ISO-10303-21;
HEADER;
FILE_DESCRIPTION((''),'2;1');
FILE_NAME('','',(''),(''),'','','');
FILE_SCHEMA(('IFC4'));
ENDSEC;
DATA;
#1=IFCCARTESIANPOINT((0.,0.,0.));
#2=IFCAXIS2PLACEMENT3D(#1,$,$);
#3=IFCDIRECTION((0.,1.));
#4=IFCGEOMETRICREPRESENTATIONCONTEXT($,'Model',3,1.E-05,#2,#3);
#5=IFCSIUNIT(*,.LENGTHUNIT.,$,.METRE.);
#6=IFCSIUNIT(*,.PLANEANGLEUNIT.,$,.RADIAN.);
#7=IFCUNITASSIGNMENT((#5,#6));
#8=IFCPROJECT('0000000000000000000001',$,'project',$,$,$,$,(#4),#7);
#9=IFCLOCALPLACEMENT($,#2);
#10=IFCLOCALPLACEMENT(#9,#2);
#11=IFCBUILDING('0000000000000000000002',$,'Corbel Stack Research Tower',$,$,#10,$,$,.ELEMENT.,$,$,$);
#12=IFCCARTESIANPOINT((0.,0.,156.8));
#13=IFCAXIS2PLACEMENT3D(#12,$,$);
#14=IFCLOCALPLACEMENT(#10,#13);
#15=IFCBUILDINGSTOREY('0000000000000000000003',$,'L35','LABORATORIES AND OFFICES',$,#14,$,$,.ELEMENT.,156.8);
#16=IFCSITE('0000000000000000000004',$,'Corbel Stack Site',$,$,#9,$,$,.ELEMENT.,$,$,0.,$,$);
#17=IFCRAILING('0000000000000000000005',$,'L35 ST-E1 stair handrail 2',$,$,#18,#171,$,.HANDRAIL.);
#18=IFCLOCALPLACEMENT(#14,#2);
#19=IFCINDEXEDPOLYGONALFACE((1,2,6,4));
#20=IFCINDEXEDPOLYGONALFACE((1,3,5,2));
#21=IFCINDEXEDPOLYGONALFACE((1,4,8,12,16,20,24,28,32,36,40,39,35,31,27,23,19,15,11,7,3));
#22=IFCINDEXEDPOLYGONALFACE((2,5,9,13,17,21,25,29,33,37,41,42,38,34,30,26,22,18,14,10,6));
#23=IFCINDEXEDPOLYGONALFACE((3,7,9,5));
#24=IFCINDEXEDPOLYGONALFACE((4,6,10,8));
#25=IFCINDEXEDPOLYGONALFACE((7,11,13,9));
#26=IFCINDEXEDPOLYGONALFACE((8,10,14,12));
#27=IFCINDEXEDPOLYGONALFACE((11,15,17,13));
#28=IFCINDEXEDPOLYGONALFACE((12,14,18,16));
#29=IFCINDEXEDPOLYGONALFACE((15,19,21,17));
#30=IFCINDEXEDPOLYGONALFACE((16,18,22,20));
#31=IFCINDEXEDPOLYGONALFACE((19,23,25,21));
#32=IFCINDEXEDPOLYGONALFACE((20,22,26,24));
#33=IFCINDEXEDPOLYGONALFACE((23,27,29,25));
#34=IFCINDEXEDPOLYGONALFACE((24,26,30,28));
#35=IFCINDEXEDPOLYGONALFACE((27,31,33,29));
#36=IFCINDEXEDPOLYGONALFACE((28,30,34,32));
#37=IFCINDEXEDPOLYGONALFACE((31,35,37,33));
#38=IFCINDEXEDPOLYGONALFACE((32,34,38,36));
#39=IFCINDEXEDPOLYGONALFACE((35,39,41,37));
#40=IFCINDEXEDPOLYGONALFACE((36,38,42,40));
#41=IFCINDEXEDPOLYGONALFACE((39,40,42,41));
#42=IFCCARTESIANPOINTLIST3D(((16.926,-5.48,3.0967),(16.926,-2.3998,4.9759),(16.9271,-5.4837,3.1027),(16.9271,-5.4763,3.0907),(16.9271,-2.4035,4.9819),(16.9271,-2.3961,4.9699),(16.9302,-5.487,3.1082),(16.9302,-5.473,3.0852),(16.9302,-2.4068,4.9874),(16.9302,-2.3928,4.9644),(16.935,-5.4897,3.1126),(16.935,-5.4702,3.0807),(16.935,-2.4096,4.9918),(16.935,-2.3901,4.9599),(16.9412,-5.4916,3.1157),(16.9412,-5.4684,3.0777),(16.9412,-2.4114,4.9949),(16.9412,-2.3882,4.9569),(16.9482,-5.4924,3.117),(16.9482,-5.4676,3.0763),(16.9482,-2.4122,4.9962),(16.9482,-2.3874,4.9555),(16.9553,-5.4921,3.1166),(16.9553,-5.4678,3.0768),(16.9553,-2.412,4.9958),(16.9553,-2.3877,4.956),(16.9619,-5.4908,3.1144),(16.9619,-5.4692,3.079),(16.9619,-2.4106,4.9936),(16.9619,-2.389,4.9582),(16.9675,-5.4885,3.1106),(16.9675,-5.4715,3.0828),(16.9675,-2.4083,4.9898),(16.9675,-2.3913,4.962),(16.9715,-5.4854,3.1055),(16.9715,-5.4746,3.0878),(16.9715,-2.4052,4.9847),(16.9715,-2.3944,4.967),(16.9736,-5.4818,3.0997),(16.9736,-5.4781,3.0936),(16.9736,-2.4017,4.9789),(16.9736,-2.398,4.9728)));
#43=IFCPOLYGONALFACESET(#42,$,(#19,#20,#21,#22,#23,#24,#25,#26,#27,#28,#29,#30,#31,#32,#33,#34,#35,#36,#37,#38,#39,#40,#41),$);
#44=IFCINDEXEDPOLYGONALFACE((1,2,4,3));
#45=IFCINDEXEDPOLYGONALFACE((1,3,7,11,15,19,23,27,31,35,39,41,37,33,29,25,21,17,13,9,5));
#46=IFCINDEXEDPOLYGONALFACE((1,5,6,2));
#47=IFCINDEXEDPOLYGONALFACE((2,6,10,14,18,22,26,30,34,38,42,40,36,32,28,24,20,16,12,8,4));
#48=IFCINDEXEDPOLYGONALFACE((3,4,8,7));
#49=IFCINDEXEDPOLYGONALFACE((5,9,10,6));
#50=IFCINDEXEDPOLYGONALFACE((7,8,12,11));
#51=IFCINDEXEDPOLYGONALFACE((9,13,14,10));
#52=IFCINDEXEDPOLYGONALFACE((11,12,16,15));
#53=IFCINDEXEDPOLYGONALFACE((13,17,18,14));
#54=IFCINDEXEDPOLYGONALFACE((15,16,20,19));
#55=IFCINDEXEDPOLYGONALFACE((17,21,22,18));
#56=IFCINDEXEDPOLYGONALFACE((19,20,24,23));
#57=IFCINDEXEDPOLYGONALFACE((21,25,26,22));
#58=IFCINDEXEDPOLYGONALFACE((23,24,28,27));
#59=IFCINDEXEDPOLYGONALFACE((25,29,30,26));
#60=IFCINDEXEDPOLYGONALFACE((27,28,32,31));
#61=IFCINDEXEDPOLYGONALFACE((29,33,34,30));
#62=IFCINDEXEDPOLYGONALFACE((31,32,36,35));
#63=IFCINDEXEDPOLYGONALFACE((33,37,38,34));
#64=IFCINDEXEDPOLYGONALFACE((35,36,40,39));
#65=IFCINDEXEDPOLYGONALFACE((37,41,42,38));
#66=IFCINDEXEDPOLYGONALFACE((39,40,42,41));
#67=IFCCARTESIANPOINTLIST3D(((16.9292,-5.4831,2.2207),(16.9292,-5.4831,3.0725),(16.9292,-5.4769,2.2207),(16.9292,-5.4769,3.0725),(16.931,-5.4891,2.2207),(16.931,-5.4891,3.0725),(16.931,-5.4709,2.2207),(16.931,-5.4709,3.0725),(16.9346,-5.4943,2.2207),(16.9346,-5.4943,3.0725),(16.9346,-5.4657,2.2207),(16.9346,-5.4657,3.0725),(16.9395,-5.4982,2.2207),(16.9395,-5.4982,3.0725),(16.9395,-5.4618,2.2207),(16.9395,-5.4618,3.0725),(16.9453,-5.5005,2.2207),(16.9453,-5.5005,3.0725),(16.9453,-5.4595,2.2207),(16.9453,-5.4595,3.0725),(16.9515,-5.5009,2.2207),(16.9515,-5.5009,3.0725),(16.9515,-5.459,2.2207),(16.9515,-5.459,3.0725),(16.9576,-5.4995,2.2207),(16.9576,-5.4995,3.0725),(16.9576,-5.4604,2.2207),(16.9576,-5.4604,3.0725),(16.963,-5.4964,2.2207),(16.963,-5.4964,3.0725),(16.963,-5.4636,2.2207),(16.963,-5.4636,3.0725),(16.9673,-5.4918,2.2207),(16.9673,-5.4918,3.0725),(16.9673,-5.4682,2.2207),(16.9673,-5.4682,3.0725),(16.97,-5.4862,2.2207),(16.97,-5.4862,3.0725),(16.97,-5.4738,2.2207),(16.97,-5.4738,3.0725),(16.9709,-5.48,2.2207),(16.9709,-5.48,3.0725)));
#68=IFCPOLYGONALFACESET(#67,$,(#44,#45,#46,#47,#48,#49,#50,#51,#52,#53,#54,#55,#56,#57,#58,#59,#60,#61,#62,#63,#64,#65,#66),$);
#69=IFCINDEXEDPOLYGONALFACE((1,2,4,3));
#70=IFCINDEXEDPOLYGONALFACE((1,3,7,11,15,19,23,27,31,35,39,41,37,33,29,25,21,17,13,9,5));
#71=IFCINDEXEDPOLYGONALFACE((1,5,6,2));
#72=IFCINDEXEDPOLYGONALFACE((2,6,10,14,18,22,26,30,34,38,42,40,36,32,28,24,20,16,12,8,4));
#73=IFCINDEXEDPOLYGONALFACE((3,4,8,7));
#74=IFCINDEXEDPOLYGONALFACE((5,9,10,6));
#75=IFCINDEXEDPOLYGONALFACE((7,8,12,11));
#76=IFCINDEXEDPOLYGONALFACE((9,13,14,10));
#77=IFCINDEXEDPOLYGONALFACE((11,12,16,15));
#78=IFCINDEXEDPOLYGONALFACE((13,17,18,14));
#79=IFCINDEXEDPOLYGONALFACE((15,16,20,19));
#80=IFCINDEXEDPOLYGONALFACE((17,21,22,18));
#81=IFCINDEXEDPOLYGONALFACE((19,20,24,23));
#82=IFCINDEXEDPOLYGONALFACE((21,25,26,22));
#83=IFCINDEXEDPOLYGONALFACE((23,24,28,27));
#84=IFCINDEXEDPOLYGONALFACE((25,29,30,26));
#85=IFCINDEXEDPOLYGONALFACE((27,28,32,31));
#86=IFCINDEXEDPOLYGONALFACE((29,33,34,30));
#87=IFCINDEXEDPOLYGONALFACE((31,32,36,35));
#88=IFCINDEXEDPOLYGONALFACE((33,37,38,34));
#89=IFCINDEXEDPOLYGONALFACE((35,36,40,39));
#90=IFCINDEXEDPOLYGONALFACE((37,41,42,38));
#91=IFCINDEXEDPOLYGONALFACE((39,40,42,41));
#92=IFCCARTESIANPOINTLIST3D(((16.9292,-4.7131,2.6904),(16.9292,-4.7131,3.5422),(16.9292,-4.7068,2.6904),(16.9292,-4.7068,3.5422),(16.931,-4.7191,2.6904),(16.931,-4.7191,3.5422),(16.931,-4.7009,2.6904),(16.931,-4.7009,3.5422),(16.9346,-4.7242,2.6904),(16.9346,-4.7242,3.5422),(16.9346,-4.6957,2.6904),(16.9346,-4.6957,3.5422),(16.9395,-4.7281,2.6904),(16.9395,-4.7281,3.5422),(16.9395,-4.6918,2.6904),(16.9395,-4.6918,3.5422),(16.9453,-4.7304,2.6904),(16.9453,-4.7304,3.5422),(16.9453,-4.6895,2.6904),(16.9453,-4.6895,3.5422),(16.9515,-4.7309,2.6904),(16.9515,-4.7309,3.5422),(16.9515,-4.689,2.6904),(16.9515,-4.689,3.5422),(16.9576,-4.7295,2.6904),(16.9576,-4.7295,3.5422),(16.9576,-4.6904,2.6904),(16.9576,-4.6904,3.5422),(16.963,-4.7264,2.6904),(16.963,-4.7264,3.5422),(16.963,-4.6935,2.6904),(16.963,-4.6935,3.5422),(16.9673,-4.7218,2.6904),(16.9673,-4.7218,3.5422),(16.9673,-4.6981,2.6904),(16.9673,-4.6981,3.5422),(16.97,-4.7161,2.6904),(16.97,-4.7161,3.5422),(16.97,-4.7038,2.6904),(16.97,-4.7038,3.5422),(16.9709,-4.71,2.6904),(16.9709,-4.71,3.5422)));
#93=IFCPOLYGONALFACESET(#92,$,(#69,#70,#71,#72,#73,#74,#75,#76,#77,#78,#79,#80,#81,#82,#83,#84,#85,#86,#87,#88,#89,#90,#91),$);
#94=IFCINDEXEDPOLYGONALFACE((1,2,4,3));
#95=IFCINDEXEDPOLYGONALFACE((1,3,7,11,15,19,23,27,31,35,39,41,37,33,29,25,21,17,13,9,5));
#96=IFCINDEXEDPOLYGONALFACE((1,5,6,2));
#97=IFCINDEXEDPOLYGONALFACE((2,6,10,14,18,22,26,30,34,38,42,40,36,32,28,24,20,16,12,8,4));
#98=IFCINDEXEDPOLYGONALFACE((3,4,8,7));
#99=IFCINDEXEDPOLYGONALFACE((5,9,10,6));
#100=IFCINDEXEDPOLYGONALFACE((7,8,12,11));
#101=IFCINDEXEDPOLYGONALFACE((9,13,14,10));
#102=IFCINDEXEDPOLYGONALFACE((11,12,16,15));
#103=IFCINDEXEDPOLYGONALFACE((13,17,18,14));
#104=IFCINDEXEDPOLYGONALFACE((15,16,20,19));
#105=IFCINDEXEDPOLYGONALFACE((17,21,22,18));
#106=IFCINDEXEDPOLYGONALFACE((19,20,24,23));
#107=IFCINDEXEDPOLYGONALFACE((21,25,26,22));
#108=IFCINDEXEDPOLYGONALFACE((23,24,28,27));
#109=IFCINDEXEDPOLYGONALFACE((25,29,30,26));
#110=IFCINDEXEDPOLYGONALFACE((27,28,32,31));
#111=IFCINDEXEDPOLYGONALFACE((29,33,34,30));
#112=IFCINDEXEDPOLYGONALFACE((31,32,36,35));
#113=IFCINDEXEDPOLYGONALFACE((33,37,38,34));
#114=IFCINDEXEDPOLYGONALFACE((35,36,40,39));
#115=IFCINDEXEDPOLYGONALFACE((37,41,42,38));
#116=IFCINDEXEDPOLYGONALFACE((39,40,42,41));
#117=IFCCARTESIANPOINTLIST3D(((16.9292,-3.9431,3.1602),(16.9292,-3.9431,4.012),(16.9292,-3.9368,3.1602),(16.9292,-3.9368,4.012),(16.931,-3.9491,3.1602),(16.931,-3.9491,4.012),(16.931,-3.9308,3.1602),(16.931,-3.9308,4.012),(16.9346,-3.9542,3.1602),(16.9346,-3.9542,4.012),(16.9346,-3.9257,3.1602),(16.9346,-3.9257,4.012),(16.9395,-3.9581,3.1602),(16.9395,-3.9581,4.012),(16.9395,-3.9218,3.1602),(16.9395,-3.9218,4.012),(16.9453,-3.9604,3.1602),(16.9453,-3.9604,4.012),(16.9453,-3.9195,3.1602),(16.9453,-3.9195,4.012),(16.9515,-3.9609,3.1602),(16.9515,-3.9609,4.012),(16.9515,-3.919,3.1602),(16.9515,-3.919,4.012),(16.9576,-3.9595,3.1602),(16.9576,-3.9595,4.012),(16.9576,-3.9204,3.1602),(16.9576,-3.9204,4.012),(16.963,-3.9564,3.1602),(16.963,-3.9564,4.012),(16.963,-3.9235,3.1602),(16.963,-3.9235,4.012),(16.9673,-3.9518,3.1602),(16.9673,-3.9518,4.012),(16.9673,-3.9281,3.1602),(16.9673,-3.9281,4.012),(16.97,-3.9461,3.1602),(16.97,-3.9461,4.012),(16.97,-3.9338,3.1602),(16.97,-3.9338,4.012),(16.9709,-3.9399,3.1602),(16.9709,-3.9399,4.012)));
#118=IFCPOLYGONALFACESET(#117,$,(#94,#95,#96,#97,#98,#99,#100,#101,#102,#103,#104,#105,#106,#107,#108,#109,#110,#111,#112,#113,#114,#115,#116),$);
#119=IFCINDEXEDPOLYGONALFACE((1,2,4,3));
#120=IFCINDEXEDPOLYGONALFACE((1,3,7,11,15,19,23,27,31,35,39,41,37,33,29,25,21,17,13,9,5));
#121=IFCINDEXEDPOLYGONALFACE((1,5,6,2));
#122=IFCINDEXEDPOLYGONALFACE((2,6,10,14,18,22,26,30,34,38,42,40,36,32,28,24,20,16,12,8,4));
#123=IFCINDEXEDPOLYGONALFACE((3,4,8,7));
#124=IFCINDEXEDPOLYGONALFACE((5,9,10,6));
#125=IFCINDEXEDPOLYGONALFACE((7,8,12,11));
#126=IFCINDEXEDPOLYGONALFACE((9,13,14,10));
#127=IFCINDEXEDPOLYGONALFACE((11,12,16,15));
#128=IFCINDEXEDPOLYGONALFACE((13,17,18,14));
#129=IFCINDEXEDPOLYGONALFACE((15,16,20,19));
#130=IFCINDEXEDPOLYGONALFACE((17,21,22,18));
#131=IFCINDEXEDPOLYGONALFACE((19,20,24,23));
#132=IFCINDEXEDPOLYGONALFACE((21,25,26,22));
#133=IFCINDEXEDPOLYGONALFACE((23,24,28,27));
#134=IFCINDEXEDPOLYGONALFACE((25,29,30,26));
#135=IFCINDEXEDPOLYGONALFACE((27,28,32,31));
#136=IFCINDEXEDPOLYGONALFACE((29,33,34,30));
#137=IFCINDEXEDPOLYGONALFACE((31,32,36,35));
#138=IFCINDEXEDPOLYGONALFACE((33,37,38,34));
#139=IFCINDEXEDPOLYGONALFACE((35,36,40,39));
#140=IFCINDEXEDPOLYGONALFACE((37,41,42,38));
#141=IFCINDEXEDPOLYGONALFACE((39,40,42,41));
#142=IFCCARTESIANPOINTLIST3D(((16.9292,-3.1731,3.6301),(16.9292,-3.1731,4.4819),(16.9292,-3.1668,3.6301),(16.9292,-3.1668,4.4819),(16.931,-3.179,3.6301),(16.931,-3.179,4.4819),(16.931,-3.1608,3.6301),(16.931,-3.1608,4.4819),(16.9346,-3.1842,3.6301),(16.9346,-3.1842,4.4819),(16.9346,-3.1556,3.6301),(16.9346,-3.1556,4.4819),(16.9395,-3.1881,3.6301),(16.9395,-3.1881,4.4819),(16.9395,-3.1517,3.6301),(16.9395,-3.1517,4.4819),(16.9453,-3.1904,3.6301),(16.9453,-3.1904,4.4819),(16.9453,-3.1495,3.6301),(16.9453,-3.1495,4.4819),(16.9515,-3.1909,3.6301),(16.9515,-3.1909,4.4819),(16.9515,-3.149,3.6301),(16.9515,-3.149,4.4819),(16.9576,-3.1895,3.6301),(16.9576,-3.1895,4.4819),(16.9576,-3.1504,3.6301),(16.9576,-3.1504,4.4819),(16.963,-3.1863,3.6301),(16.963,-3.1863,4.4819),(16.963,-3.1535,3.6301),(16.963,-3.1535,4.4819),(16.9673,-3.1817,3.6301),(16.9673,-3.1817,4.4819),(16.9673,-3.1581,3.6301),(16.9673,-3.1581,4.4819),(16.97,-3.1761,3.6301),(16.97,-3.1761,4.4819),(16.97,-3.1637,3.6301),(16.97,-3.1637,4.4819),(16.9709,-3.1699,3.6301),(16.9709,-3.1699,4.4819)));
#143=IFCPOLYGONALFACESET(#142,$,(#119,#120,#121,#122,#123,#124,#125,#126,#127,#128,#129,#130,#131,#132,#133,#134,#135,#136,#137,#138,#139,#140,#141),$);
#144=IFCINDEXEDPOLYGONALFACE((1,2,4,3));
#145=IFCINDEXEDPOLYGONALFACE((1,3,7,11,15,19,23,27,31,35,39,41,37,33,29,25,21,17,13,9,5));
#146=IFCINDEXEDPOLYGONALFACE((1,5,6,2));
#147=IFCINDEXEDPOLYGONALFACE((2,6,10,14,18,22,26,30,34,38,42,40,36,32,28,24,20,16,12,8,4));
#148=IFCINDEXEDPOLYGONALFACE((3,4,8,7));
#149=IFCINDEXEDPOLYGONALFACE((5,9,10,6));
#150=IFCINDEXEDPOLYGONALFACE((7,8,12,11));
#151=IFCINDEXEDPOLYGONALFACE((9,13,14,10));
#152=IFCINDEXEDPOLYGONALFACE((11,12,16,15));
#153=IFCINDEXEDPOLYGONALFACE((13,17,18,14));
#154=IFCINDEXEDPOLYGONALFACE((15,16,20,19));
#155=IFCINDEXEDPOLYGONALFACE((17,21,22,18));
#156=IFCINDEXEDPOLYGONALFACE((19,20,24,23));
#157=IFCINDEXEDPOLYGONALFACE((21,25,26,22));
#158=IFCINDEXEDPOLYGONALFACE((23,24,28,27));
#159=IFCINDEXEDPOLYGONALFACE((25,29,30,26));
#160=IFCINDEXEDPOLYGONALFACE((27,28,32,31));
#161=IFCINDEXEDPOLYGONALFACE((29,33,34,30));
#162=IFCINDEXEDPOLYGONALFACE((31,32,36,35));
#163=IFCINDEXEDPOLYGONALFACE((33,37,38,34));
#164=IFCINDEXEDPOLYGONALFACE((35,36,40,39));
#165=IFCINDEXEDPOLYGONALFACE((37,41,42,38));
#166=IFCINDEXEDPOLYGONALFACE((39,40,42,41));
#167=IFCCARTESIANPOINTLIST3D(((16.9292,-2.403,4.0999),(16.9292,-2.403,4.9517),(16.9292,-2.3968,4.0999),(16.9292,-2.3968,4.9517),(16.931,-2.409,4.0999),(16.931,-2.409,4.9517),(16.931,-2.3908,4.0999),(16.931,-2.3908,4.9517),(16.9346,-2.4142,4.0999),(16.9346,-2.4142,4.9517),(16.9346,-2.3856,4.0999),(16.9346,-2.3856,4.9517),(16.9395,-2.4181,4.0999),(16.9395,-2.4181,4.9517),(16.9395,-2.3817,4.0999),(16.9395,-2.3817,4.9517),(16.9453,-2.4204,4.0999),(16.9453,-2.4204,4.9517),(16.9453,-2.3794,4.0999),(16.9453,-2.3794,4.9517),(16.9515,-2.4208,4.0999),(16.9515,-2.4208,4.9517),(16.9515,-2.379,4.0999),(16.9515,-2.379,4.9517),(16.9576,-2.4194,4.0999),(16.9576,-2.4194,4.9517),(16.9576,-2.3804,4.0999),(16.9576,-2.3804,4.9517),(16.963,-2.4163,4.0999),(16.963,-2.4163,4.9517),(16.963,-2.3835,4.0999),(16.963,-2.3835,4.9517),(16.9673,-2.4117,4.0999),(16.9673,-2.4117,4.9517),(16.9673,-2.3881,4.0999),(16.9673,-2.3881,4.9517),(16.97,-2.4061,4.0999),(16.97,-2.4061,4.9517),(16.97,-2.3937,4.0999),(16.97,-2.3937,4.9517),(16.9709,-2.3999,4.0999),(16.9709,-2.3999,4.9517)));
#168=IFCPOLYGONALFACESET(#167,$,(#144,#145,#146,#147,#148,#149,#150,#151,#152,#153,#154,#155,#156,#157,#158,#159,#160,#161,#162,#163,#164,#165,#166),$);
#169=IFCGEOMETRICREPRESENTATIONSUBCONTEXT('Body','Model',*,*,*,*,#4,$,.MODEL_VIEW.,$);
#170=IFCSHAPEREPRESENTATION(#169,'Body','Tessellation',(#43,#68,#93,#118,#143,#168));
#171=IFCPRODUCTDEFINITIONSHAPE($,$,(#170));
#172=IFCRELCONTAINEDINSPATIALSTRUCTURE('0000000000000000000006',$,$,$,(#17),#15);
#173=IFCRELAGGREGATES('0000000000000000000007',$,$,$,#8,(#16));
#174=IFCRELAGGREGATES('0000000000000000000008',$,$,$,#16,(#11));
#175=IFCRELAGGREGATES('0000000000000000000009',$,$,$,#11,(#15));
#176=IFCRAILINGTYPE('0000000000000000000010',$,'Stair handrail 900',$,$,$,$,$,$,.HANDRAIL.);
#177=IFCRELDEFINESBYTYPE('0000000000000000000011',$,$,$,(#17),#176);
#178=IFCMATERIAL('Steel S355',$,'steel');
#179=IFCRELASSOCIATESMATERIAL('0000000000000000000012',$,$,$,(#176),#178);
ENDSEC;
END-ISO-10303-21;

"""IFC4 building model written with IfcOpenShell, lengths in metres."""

from ifc_helpers import new_model, si_unit, direction, frame, origin, origin_2d, place, context, subcontext, project, spatial, circle, extrude, material, type_object, element, save


model = new_model("IFC4")

# Units and contexts
model_context = context("Model", 3, precision=1e-05, world=origin(), true_north=direction((0.0, 1.0)))
body_context = subcontext(model_context, "Body", "Model", "MODEL_VIEW")
ifc_project = project(units=[si_unit("LENGTHUNIT", "METRE"), si_unit("PLANEANGLEUNIT", "RADIAN")], contexts=[model_context])

# Site, building, storey
site_placement = place(None, origin())
site = spatial("IfcSite", under=ifc_project, at=site_placement, Name="Corbel Stack Site", CompositionType="ELEMENT", RefElevation=0.0)
building_placement = place(site_placement, origin())
building = spatial("IfcBuilding", under=site, at=building_placement, Name="Corbel Stack Research Tower", CompositionType="ELEMENT")
storey_placement = place(building_placement, frame((0.0, 0.0, 156.8)))
storey = spatial("IfcBuildingStorey", under=building, at=storey_placement, Name="L35", Description="LABORATORIES AND OFFICES", CompositionType="ELEMENT", Elevation=156.8)

# Railing
ifc_material_1 = material(Name="Steel S355", Category="steel")
railing_type_1 = type_object("IfcRailingType", Name="Stair handrail 900", PredefinedType="HANDRAIL", material=ifc_material_1)
railing_1_placement = place(storey_placement, frame((16.95, -5.48, 2.2207)))
element("IfcRailing", 1, at=railing_1_placement, inside=storey, type_object=railing_type_1, Name="L35 ST-E1 stair handrail 2", PredefinedType="HANDRAIL", context=body_context, shape_type="SweptSolid", body=[
    extrude(circle(Radius=0.0239, at=origin_2d()), frame((0.0, 0.0, 0.876), z_axis=(0.0, 0.853666, 0.52082), x_axis=(-1.0, 0.0, 0.0)), (0.0, 0.0, 1.0), 3.6082),
    extrude(circle(Radius=0.021, at=origin_2d()), origin(), (0.0, 0.0, 1.0), 0.8518),
    extrude(circle(Radius=0.021, at=origin_2d()), frame((0.0, 0.77, 0.4697)), (0.0, 0.0, 1.0), 0.8518),
    extrude(circle(Radius=0.021, at=origin_2d()), frame((0.0, 1.54, 0.9395)), (0.0, 0.0, 1.0), 0.8518),
    extrude(circle(Radius=0.021, at=origin_2d()), frame((0.0, 2.3101, 1.4094)), (0.0, 0.0, 1.0), 0.8518),
    extrude(circle(Radius=0.021, at=origin_2d()), frame((0.0, 3.0801, 1.8792)), (0.0, 0.0, 1.0), 0.8518),
])

save(model, "model.ifc")
